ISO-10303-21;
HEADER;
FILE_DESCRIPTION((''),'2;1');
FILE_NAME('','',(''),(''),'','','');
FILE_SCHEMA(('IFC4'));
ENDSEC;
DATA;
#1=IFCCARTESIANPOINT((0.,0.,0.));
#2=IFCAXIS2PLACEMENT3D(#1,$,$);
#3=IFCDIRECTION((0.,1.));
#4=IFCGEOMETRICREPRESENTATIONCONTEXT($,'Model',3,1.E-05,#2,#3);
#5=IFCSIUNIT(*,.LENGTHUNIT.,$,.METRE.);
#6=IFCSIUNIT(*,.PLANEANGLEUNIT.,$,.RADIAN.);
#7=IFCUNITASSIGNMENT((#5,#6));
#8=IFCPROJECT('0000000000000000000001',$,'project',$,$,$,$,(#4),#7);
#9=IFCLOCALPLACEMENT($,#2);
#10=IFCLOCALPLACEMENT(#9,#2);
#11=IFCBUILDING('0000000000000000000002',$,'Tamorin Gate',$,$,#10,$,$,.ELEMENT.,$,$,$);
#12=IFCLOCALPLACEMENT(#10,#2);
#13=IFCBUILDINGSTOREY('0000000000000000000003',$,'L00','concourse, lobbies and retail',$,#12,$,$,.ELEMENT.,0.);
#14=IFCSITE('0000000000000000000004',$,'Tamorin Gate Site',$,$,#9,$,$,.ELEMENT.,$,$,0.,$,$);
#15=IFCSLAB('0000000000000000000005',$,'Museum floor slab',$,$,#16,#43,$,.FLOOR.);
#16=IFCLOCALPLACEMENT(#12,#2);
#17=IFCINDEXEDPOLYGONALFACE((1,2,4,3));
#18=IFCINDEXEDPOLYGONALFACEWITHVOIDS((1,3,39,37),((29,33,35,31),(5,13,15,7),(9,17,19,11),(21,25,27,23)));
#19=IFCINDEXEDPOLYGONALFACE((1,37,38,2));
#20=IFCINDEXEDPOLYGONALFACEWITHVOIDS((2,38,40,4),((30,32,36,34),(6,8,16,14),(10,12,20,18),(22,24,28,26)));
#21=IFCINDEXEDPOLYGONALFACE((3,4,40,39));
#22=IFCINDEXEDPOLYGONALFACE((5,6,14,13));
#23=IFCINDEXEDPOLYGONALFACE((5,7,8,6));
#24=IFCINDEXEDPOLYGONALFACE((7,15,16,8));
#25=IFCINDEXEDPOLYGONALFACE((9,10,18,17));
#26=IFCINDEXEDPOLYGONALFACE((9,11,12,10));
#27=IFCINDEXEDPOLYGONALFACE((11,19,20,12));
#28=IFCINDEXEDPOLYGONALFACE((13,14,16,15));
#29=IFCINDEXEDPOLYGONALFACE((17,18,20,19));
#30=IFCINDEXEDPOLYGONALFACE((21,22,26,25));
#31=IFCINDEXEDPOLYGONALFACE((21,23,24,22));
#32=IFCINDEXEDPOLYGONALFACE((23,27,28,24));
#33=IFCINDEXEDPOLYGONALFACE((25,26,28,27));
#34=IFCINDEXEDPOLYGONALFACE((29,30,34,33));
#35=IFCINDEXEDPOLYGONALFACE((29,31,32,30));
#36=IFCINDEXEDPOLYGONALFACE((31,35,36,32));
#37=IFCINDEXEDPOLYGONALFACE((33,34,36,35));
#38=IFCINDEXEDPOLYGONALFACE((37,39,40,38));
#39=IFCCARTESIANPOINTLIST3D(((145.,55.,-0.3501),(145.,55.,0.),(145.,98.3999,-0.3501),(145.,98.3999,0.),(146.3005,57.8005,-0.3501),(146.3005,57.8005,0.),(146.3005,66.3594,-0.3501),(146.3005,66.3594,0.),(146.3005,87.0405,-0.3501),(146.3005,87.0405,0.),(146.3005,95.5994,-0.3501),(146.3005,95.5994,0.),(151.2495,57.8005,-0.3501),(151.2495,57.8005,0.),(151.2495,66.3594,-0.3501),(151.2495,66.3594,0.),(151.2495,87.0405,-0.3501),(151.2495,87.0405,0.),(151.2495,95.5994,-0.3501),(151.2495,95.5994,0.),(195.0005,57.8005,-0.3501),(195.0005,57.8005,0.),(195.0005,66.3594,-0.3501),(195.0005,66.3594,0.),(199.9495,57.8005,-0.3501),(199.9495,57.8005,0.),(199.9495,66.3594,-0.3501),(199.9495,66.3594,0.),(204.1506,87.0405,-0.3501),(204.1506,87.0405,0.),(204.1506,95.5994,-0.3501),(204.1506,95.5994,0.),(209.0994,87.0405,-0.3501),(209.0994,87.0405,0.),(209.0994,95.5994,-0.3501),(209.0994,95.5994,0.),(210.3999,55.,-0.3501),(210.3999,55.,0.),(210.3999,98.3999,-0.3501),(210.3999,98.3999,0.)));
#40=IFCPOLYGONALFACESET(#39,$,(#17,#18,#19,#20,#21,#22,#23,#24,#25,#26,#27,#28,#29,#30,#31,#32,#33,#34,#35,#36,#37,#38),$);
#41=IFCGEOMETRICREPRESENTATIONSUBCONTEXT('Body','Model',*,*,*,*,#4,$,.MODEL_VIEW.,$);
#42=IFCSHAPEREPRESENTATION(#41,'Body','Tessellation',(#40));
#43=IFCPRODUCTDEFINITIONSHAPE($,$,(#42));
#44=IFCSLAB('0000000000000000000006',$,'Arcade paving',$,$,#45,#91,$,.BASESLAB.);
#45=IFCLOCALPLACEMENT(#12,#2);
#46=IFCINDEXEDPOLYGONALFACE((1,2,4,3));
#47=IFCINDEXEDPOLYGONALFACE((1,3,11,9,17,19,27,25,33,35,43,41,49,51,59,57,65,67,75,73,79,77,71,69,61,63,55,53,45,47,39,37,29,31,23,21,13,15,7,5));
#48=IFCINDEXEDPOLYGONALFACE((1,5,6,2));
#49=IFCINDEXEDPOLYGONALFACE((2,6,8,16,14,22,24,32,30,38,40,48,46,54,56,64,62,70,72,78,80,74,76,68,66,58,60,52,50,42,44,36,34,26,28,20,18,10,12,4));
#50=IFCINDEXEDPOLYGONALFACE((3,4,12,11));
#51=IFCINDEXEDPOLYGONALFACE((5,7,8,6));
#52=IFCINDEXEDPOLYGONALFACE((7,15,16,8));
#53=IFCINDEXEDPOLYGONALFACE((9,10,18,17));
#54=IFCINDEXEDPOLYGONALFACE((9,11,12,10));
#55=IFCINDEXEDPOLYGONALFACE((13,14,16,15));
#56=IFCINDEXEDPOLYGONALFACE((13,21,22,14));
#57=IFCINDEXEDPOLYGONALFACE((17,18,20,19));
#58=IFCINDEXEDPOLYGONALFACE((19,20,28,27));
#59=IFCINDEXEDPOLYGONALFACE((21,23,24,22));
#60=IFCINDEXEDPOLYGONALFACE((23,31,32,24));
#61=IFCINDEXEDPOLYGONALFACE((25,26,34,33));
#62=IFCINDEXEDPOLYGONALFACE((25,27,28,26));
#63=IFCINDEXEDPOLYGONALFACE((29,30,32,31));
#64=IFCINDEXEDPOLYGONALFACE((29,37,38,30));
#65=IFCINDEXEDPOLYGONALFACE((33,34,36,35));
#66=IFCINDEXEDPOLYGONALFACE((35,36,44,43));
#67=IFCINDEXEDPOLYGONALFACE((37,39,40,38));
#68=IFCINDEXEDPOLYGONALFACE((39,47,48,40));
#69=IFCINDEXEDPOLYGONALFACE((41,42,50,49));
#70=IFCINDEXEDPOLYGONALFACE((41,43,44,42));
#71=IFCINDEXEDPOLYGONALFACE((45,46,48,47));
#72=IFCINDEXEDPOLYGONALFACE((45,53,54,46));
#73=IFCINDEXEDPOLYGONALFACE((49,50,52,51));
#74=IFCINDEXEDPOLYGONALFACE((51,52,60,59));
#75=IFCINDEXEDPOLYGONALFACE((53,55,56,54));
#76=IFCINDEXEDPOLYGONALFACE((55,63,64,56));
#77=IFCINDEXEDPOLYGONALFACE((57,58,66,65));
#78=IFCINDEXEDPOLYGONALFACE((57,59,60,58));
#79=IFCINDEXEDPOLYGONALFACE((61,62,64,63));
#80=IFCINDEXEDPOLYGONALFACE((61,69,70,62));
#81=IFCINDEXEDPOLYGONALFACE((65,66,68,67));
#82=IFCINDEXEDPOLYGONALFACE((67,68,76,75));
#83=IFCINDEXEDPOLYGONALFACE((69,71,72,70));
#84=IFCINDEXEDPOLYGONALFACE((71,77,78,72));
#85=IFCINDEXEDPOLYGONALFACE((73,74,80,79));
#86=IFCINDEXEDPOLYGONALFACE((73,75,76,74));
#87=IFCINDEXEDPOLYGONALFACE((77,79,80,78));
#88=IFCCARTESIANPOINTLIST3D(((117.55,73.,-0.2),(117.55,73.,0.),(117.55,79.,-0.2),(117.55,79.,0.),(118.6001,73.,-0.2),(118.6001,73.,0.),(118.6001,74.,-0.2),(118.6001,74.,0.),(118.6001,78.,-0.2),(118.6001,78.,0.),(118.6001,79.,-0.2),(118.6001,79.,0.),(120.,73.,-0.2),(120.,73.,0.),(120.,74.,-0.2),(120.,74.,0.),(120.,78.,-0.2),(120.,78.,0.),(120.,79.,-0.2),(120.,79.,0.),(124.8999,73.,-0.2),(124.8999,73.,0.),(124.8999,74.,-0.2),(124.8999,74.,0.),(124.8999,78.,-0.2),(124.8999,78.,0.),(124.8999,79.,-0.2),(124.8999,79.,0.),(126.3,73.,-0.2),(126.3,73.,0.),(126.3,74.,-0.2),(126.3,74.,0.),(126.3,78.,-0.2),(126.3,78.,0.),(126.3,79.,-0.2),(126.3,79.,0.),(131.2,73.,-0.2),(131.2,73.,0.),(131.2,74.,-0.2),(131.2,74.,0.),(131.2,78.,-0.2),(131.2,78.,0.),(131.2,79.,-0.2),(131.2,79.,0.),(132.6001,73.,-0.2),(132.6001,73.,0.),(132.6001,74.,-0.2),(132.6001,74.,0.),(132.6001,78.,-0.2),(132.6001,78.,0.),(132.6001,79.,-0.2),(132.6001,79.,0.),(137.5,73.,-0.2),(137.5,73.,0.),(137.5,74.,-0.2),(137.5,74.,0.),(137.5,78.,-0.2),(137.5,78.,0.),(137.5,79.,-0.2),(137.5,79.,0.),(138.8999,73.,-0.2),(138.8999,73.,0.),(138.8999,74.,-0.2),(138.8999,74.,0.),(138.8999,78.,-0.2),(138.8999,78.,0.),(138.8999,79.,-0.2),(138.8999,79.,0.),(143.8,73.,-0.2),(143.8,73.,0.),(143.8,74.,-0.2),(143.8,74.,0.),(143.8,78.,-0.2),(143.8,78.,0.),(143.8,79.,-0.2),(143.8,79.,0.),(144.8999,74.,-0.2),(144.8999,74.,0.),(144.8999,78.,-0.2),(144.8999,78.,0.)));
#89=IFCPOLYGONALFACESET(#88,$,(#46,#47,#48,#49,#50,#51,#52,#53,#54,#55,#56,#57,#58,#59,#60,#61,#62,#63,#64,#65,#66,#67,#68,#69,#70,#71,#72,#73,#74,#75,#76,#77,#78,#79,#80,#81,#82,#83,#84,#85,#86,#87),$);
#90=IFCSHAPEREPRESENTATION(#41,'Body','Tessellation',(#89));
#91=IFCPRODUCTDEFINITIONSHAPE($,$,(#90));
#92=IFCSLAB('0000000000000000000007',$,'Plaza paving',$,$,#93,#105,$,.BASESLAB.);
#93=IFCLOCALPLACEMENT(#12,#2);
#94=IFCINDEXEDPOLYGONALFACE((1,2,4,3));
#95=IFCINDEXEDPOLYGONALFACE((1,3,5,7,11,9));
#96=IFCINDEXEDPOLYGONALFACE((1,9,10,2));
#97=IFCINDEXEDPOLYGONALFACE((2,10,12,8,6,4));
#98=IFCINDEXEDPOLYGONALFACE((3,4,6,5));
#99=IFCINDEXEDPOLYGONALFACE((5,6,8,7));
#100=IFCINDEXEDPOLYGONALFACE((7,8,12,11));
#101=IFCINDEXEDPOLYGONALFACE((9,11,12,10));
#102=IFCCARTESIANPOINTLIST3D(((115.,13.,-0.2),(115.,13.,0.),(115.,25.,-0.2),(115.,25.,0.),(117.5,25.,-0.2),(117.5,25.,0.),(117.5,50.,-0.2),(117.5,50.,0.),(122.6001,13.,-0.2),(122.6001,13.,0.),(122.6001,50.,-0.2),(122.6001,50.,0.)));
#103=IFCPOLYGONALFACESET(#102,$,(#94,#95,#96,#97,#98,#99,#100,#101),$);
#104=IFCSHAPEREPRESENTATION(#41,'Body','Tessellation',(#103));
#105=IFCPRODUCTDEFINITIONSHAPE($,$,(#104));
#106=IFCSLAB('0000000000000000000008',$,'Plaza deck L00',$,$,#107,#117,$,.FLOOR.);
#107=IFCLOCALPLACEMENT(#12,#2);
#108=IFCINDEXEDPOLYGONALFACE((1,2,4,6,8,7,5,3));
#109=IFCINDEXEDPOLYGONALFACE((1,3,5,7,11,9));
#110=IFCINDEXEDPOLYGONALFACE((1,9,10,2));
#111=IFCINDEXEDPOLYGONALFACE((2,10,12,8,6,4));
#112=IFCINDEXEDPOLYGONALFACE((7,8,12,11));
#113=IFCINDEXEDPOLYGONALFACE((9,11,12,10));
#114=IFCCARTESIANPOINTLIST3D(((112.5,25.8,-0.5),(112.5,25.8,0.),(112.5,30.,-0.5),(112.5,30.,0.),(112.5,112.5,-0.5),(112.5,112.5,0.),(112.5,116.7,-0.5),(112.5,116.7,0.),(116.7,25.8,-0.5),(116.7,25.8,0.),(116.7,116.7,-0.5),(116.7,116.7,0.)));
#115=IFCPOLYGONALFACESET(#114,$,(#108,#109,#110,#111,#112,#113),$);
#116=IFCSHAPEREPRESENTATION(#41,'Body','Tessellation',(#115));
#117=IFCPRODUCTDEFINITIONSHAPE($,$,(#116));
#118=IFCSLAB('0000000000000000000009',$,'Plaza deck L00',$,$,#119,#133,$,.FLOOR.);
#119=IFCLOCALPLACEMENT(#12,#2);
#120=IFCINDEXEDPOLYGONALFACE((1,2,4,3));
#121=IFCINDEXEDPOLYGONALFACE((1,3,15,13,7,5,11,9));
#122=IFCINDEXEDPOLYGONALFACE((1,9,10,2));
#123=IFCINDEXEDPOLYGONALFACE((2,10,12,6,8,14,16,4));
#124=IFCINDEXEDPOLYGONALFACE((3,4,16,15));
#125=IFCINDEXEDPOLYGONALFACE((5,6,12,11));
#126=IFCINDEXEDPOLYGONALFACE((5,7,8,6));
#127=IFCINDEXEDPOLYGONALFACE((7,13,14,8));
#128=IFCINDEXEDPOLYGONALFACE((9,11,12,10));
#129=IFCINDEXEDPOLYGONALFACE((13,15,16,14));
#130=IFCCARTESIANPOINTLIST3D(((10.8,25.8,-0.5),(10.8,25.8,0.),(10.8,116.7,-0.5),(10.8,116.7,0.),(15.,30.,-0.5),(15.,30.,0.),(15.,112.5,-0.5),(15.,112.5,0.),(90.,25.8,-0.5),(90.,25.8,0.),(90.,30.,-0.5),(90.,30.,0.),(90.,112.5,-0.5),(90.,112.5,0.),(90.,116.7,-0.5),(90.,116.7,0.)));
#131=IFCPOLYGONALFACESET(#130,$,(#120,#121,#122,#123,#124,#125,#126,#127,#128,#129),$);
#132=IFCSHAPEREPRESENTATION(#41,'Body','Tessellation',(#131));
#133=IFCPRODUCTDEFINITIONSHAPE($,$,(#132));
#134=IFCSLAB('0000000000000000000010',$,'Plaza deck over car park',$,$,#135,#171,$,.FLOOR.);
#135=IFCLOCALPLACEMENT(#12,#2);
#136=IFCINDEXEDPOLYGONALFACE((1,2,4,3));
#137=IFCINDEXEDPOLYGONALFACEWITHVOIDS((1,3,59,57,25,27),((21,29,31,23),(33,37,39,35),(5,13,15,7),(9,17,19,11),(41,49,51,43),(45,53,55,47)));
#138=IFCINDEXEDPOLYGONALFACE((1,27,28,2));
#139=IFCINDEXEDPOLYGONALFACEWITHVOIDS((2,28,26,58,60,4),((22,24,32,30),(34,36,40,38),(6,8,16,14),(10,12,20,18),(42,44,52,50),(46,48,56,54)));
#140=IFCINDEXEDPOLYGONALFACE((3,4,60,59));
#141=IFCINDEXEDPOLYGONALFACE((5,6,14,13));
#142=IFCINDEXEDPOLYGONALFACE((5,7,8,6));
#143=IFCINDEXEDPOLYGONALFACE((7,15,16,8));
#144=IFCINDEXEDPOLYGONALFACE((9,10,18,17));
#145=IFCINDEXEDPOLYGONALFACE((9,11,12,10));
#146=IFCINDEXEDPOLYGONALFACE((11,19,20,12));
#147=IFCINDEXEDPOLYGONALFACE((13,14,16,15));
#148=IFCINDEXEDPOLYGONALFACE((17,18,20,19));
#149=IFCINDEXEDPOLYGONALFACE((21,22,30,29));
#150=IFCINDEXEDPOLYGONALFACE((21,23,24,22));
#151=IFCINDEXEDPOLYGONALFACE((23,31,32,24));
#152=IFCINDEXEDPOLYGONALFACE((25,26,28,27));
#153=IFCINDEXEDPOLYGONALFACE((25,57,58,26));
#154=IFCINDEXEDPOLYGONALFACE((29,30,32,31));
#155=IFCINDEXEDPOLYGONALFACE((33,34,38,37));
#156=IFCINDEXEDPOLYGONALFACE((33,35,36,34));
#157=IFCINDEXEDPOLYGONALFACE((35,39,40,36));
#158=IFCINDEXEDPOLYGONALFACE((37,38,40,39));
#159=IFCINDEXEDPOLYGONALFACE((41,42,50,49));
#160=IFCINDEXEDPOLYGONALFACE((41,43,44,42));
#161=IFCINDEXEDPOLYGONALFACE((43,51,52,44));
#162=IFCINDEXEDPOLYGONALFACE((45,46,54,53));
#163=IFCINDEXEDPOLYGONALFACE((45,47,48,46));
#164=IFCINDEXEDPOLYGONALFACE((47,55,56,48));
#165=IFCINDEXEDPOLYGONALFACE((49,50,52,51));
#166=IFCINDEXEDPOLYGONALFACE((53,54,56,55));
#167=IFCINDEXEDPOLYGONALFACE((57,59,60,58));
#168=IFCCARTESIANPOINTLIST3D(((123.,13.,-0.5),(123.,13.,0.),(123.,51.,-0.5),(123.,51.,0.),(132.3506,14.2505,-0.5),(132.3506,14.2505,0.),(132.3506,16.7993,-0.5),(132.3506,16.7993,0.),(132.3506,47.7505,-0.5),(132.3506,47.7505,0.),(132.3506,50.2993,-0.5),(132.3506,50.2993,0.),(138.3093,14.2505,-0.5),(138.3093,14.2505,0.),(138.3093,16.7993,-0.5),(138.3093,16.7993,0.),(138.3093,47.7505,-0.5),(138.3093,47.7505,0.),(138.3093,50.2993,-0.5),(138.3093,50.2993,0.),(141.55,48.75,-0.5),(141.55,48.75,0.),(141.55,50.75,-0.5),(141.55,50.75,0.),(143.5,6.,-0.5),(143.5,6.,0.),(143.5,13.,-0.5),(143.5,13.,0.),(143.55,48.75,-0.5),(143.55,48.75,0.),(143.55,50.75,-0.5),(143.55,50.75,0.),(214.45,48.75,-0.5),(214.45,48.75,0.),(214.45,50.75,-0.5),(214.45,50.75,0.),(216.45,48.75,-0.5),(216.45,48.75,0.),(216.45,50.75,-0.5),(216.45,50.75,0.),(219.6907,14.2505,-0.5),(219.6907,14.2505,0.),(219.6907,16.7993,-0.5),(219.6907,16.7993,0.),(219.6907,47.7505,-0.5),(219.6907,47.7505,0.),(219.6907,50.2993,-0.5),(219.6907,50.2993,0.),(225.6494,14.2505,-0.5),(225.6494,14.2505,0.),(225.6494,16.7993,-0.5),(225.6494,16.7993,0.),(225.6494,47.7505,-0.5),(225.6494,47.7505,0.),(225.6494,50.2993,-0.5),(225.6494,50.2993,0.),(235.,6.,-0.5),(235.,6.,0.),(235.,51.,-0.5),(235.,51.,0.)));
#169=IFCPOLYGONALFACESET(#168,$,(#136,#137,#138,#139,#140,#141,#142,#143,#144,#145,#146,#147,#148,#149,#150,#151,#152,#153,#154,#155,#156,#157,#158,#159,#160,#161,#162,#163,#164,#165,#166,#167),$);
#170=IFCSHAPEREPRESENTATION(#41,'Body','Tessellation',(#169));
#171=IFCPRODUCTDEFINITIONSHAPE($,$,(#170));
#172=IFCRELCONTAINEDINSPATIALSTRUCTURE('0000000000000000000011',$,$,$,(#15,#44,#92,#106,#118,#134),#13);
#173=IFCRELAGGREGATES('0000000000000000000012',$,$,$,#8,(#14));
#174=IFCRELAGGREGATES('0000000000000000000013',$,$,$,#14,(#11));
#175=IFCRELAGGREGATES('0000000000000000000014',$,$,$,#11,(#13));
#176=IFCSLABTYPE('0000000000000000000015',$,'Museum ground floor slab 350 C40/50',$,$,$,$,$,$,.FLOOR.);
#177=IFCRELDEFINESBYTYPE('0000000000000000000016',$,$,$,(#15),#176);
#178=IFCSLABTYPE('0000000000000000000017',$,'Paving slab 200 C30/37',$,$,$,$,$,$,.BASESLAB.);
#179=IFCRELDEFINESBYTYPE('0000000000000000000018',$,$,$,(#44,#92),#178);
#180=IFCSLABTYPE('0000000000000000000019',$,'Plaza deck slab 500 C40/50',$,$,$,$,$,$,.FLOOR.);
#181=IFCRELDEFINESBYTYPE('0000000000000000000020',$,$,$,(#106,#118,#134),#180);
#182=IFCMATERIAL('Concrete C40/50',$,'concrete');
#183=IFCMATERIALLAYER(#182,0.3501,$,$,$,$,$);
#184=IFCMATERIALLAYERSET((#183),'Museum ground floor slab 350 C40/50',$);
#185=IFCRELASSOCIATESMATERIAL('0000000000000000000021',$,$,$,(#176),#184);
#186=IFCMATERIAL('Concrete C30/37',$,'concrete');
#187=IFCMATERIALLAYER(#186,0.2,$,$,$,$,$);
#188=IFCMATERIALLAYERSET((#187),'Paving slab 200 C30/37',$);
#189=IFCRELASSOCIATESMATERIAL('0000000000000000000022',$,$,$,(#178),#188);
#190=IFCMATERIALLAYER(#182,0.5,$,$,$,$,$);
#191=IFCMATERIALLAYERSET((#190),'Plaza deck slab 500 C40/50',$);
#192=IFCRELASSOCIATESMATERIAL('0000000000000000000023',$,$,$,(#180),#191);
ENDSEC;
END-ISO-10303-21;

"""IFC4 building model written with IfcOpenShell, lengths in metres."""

from ifc_helpers import new_model, si_unit, direction, frame, origin, place, context, subcontext, project, spatial, polyline, outline, extrude, material, layer, layer_set, type_object, element, save


model = new_model("IFC4")

# Units and contexts
model_context = context("Model", 3, precision=1e-05, world=origin(), true_north=direction((0.0, 1.0)))
body_context = subcontext(model_context, "Body", "Model", "MODEL_VIEW")
ifc_project = project(units=[si_unit("LENGTHUNIT", "METRE"), si_unit("PLANEANGLEUNIT", "RADIAN")], contexts=[model_context])

# Site, building, storey
site_placement = place(None, origin())
site = spatial("IfcSite", under=ifc_project, at=site_placement, Name="Tamorin Gate Site", CompositionType="ELEMENT", RefElevation=0.0)
building_placement = place(site_placement, origin())
building = spatial("IfcBuilding", under=site, at=building_placement, Name="Tamorin Gate", CompositionType="ELEMENT")
storey_placement = place(building_placement, origin())
storey = spatial("IfcBuildingStorey", under=building, at=storey_placement, Name="L00", Description="concourse, lobbies and retail", CompositionType="ELEMENT", Elevation=0.0)

# Shared definitions
ifc_material_1 = material(Name="Concrete C40/50", Category="concrete")

# Slabs
ifc_layer_1 = layer(ifc_material_1, 0.3501)
ifc_layer_set_1 = layer_set([ifc_layer_1], Name="Museum ground floor slab 350 C40/50")
slab_type_1 = type_object("IfcSlabType", Name="Museum ground floor slab 350 C40/50", PredefinedType="FLOOR", material=ifc_layer_set_1)
slab_1_placement = place(storey_placement, frame((0.0, 0.0, -0.3501)))
element("IfcSlab", 1, at=slab_1_placement, inside=storey, type_object=slab_type_1, Name="Museum floor slab", PredefinedType="FLOOR", context=body_context, shape_type="SweptSolid", body=[
    extrude(outline(polyline([(145.0, 55.0), (145.0, 98.3999), (210.3999, 98.3999), (210.3999, 55.0), (145.0, 55.0)]), holes=[polyline([(146.3005, 57.8005), (151.2495, 57.8005), (151.2495, 66.3594), (146.3005, 66.3594), (146.3005, 57.8005)]), polyline([(195.0005, 57.8005), (199.9495, 57.8005), (199.9495, 66.3594), (195.0005, 66.3594), (195.0005, 57.8005)]), polyline([(151.2495, 95.5994), (146.3005, 95.5994), (146.3005, 87.0405), (151.2495, 87.0405), (151.2495, 95.5994)]), polyline([(209.0994, 95.5994), (204.1506, 95.5994), (204.1506, 87.0405), (209.0994, 87.0405), (209.0994, 95.5994)])]), origin(), (0.0, 0.0, 1.0), 0.3501),
])
ifc_material_2 = material(Name="Concrete C30/37", Category="concrete")
ifc_layer_2 = layer(ifc_material_2, 0.2)
ifc_layer_set_2 = layer_set([ifc_layer_2], Name="Paving slab 200 C30/37")
slab_type_2 = type_object("IfcSlabType", Name="Paving slab 200 C30/37", PredefinedType="BASESLAB", material=ifc_layer_set_2)
slab_2_placement = place(storey_placement, frame((0.0, 0.0, -0.2)))
element("IfcSlab", 2, at=slab_2_placement, inside=storey, type_object=slab_type_2, Name="Arcade paving", PredefinedType="BASESLAB", context=body_context, shape_type="SweptSolid", body=[
    extrude(outline(polyline([(144.8999, 74.0), (143.8, 74.0), (143.8, 73.0), (138.8999, 73.0), (138.8999, 74.0), (137.5, 74.0), (137.5, 73.0), (132.6001, 73.0), (132.6001, 74.0), (131.2, 74.0), (131.2, 73.0), (126.3, 73.0), (126.3, 74.0), (124.8999, 74.0), (124.8999, 73.0), (120.0, 73.0), (120.0, 74.0), (118.6001, 74.0), (118.6001, 73.0), (117.55, 73.0), (117.55, 79.0), (118.6001, 79.0), (118.6001, 78.0), (120.0, 78.0), (120.0, 79.0), (124.8999, 79.0), (124.8999, 78.0), (126.3, 78.0), (126.3, 79.0), (131.2, 79.0), (131.2, 78.0), (132.6001, 78.0), (132.6001, 79.0), (137.5, 79.0), (137.5, 78.0), (138.8999, 78.0), (138.8999, 79.0), (143.8, 79.0), (143.8, 78.0), (144.8999, 78.0), (144.8999, 74.0)])), origin(), (0.0, 0.0, 1.0), 0.2),
])
slab_3_placement = place(storey_placement, frame((0.0, 0.0, -0.2)))
element("IfcSlab", 3, at=slab_3_placement, inside=storey, type_object=slab_type_2, Name="Plaza paving", PredefinedType="BASESLAB", context=body_context, shape_type="SweptSolid", body=[
    extrude(outline(polyline([(115.0, 25.0), (117.5, 25.0), (117.5, 50.0), (122.6001, 50.0), (122.6001, 13.0), (115.0, 13.0), (115.0, 25.0)])), origin(), (0.0, 0.0, 1.0), 0.2),
])
ifc_layer_3 = layer(ifc_material_1, 0.5)
ifc_layer_set_3 = layer_set([ifc_layer_3], Name="Plaza deck slab 500 C40/50")
slab_type_3 = type_object("IfcSlabType", Name="Plaza deck slab 500 C40/50", PredefinedType="FLOOR", material=ifc_layer_set_3)
slab_4_placement = place(storey_placement, frame((0.0, 0.0, -0.5)))
element("IfcSlab", 4, at=slab_4_placement, inside=storey, type_object=slab_type_3, Name="Plaza deck L00", PredefinedType="FLOOR", context=body_context, shape_type="SweptSolid", body=[
    extrude(outline(polyline([(112.5, 25.8), (112.5, 30.0), (112.5, 112.5), (112.5, 116.7), (116.7, 116.7), (116.7, 25.8), (112.5, 25.8)])), origin(), (0.0, 0.0, 1.0), 0.5),
])
slab_5_placement = place(storey_placement, frame((0.0, 0.0, -0.5)))
element("IfcSlab", 5, at=slab_5_placement, inside=storey, type_object=slab_type_3, Name="Plaza deck L00", PredefinedType="FLOOR", context=body_context, shape_type="SweptSolid", body=[
    extrude(outline(polyline([(10.8, 25.8), (10.8, 116.7), (90.0, 116.7), (90.0, 112.5), (15.0, 112.5), (15.0, 30.0), (90.0, 30.0), (90.0, 25.8), (10.8, 25.8)])), origin(), (0.0, 0.0, 1.0), 0.5),
])
slab_6_placement = place(storey_placement, frame((0.0, 0.0, -0.5)))
element("IfcSlab", 6, at=slab_6_placement, inside=storey, type_object=slab_type_3, Name="Plaza deck over car park", PredefinedType="FLOOR", context=body_context, shape_type="SweptSolid", body=[
    extrude(outline(polyline([(123.0, 51.0), (235.0, 51.0), (235.0, 6.0), (143.5, 6.0), (143.5, 13.0), (123.0, 13.0), (123.0, 51.0)]), holes=[polyline([(138.3093, 16.7993), (132.3506, 16.7993), (132.3506, 14.2505), (138.3093, 14.2505), (138.3093, 16.7993)]), polyline([(219.6907, 14.2505), (225.6494, 14.2505), (225.6494, 16.7993), (219.6907, 16.7993), (219.6907, 14.2505)]), polyline([(138.3093, 50.2993), (132.3506, 50.2993), (132.3506, 47.7505), (138.3093, 47.7505), (138.3093, 50.2993)]), polyline([(219.6907, 47.7505), (225.6494, 47.7505), (225.6494, 50.2993), (219.6907, 50.2993), (219.6907, 47.7505)]), polyline([(141.55, 50.75), (141.55, 48.75), (143.55, 48.75), (143.55, 50.75), (141.55, 50.75)]), polyline([(214.45, 50.75), (214.45, 48.75), (216.45, 48.75), (216.45, 50.75), (214.45, 50.75)])]), origin(), (0.0, 0.0, 1.0), 0.5),
])

save(model, "model.ifc")
